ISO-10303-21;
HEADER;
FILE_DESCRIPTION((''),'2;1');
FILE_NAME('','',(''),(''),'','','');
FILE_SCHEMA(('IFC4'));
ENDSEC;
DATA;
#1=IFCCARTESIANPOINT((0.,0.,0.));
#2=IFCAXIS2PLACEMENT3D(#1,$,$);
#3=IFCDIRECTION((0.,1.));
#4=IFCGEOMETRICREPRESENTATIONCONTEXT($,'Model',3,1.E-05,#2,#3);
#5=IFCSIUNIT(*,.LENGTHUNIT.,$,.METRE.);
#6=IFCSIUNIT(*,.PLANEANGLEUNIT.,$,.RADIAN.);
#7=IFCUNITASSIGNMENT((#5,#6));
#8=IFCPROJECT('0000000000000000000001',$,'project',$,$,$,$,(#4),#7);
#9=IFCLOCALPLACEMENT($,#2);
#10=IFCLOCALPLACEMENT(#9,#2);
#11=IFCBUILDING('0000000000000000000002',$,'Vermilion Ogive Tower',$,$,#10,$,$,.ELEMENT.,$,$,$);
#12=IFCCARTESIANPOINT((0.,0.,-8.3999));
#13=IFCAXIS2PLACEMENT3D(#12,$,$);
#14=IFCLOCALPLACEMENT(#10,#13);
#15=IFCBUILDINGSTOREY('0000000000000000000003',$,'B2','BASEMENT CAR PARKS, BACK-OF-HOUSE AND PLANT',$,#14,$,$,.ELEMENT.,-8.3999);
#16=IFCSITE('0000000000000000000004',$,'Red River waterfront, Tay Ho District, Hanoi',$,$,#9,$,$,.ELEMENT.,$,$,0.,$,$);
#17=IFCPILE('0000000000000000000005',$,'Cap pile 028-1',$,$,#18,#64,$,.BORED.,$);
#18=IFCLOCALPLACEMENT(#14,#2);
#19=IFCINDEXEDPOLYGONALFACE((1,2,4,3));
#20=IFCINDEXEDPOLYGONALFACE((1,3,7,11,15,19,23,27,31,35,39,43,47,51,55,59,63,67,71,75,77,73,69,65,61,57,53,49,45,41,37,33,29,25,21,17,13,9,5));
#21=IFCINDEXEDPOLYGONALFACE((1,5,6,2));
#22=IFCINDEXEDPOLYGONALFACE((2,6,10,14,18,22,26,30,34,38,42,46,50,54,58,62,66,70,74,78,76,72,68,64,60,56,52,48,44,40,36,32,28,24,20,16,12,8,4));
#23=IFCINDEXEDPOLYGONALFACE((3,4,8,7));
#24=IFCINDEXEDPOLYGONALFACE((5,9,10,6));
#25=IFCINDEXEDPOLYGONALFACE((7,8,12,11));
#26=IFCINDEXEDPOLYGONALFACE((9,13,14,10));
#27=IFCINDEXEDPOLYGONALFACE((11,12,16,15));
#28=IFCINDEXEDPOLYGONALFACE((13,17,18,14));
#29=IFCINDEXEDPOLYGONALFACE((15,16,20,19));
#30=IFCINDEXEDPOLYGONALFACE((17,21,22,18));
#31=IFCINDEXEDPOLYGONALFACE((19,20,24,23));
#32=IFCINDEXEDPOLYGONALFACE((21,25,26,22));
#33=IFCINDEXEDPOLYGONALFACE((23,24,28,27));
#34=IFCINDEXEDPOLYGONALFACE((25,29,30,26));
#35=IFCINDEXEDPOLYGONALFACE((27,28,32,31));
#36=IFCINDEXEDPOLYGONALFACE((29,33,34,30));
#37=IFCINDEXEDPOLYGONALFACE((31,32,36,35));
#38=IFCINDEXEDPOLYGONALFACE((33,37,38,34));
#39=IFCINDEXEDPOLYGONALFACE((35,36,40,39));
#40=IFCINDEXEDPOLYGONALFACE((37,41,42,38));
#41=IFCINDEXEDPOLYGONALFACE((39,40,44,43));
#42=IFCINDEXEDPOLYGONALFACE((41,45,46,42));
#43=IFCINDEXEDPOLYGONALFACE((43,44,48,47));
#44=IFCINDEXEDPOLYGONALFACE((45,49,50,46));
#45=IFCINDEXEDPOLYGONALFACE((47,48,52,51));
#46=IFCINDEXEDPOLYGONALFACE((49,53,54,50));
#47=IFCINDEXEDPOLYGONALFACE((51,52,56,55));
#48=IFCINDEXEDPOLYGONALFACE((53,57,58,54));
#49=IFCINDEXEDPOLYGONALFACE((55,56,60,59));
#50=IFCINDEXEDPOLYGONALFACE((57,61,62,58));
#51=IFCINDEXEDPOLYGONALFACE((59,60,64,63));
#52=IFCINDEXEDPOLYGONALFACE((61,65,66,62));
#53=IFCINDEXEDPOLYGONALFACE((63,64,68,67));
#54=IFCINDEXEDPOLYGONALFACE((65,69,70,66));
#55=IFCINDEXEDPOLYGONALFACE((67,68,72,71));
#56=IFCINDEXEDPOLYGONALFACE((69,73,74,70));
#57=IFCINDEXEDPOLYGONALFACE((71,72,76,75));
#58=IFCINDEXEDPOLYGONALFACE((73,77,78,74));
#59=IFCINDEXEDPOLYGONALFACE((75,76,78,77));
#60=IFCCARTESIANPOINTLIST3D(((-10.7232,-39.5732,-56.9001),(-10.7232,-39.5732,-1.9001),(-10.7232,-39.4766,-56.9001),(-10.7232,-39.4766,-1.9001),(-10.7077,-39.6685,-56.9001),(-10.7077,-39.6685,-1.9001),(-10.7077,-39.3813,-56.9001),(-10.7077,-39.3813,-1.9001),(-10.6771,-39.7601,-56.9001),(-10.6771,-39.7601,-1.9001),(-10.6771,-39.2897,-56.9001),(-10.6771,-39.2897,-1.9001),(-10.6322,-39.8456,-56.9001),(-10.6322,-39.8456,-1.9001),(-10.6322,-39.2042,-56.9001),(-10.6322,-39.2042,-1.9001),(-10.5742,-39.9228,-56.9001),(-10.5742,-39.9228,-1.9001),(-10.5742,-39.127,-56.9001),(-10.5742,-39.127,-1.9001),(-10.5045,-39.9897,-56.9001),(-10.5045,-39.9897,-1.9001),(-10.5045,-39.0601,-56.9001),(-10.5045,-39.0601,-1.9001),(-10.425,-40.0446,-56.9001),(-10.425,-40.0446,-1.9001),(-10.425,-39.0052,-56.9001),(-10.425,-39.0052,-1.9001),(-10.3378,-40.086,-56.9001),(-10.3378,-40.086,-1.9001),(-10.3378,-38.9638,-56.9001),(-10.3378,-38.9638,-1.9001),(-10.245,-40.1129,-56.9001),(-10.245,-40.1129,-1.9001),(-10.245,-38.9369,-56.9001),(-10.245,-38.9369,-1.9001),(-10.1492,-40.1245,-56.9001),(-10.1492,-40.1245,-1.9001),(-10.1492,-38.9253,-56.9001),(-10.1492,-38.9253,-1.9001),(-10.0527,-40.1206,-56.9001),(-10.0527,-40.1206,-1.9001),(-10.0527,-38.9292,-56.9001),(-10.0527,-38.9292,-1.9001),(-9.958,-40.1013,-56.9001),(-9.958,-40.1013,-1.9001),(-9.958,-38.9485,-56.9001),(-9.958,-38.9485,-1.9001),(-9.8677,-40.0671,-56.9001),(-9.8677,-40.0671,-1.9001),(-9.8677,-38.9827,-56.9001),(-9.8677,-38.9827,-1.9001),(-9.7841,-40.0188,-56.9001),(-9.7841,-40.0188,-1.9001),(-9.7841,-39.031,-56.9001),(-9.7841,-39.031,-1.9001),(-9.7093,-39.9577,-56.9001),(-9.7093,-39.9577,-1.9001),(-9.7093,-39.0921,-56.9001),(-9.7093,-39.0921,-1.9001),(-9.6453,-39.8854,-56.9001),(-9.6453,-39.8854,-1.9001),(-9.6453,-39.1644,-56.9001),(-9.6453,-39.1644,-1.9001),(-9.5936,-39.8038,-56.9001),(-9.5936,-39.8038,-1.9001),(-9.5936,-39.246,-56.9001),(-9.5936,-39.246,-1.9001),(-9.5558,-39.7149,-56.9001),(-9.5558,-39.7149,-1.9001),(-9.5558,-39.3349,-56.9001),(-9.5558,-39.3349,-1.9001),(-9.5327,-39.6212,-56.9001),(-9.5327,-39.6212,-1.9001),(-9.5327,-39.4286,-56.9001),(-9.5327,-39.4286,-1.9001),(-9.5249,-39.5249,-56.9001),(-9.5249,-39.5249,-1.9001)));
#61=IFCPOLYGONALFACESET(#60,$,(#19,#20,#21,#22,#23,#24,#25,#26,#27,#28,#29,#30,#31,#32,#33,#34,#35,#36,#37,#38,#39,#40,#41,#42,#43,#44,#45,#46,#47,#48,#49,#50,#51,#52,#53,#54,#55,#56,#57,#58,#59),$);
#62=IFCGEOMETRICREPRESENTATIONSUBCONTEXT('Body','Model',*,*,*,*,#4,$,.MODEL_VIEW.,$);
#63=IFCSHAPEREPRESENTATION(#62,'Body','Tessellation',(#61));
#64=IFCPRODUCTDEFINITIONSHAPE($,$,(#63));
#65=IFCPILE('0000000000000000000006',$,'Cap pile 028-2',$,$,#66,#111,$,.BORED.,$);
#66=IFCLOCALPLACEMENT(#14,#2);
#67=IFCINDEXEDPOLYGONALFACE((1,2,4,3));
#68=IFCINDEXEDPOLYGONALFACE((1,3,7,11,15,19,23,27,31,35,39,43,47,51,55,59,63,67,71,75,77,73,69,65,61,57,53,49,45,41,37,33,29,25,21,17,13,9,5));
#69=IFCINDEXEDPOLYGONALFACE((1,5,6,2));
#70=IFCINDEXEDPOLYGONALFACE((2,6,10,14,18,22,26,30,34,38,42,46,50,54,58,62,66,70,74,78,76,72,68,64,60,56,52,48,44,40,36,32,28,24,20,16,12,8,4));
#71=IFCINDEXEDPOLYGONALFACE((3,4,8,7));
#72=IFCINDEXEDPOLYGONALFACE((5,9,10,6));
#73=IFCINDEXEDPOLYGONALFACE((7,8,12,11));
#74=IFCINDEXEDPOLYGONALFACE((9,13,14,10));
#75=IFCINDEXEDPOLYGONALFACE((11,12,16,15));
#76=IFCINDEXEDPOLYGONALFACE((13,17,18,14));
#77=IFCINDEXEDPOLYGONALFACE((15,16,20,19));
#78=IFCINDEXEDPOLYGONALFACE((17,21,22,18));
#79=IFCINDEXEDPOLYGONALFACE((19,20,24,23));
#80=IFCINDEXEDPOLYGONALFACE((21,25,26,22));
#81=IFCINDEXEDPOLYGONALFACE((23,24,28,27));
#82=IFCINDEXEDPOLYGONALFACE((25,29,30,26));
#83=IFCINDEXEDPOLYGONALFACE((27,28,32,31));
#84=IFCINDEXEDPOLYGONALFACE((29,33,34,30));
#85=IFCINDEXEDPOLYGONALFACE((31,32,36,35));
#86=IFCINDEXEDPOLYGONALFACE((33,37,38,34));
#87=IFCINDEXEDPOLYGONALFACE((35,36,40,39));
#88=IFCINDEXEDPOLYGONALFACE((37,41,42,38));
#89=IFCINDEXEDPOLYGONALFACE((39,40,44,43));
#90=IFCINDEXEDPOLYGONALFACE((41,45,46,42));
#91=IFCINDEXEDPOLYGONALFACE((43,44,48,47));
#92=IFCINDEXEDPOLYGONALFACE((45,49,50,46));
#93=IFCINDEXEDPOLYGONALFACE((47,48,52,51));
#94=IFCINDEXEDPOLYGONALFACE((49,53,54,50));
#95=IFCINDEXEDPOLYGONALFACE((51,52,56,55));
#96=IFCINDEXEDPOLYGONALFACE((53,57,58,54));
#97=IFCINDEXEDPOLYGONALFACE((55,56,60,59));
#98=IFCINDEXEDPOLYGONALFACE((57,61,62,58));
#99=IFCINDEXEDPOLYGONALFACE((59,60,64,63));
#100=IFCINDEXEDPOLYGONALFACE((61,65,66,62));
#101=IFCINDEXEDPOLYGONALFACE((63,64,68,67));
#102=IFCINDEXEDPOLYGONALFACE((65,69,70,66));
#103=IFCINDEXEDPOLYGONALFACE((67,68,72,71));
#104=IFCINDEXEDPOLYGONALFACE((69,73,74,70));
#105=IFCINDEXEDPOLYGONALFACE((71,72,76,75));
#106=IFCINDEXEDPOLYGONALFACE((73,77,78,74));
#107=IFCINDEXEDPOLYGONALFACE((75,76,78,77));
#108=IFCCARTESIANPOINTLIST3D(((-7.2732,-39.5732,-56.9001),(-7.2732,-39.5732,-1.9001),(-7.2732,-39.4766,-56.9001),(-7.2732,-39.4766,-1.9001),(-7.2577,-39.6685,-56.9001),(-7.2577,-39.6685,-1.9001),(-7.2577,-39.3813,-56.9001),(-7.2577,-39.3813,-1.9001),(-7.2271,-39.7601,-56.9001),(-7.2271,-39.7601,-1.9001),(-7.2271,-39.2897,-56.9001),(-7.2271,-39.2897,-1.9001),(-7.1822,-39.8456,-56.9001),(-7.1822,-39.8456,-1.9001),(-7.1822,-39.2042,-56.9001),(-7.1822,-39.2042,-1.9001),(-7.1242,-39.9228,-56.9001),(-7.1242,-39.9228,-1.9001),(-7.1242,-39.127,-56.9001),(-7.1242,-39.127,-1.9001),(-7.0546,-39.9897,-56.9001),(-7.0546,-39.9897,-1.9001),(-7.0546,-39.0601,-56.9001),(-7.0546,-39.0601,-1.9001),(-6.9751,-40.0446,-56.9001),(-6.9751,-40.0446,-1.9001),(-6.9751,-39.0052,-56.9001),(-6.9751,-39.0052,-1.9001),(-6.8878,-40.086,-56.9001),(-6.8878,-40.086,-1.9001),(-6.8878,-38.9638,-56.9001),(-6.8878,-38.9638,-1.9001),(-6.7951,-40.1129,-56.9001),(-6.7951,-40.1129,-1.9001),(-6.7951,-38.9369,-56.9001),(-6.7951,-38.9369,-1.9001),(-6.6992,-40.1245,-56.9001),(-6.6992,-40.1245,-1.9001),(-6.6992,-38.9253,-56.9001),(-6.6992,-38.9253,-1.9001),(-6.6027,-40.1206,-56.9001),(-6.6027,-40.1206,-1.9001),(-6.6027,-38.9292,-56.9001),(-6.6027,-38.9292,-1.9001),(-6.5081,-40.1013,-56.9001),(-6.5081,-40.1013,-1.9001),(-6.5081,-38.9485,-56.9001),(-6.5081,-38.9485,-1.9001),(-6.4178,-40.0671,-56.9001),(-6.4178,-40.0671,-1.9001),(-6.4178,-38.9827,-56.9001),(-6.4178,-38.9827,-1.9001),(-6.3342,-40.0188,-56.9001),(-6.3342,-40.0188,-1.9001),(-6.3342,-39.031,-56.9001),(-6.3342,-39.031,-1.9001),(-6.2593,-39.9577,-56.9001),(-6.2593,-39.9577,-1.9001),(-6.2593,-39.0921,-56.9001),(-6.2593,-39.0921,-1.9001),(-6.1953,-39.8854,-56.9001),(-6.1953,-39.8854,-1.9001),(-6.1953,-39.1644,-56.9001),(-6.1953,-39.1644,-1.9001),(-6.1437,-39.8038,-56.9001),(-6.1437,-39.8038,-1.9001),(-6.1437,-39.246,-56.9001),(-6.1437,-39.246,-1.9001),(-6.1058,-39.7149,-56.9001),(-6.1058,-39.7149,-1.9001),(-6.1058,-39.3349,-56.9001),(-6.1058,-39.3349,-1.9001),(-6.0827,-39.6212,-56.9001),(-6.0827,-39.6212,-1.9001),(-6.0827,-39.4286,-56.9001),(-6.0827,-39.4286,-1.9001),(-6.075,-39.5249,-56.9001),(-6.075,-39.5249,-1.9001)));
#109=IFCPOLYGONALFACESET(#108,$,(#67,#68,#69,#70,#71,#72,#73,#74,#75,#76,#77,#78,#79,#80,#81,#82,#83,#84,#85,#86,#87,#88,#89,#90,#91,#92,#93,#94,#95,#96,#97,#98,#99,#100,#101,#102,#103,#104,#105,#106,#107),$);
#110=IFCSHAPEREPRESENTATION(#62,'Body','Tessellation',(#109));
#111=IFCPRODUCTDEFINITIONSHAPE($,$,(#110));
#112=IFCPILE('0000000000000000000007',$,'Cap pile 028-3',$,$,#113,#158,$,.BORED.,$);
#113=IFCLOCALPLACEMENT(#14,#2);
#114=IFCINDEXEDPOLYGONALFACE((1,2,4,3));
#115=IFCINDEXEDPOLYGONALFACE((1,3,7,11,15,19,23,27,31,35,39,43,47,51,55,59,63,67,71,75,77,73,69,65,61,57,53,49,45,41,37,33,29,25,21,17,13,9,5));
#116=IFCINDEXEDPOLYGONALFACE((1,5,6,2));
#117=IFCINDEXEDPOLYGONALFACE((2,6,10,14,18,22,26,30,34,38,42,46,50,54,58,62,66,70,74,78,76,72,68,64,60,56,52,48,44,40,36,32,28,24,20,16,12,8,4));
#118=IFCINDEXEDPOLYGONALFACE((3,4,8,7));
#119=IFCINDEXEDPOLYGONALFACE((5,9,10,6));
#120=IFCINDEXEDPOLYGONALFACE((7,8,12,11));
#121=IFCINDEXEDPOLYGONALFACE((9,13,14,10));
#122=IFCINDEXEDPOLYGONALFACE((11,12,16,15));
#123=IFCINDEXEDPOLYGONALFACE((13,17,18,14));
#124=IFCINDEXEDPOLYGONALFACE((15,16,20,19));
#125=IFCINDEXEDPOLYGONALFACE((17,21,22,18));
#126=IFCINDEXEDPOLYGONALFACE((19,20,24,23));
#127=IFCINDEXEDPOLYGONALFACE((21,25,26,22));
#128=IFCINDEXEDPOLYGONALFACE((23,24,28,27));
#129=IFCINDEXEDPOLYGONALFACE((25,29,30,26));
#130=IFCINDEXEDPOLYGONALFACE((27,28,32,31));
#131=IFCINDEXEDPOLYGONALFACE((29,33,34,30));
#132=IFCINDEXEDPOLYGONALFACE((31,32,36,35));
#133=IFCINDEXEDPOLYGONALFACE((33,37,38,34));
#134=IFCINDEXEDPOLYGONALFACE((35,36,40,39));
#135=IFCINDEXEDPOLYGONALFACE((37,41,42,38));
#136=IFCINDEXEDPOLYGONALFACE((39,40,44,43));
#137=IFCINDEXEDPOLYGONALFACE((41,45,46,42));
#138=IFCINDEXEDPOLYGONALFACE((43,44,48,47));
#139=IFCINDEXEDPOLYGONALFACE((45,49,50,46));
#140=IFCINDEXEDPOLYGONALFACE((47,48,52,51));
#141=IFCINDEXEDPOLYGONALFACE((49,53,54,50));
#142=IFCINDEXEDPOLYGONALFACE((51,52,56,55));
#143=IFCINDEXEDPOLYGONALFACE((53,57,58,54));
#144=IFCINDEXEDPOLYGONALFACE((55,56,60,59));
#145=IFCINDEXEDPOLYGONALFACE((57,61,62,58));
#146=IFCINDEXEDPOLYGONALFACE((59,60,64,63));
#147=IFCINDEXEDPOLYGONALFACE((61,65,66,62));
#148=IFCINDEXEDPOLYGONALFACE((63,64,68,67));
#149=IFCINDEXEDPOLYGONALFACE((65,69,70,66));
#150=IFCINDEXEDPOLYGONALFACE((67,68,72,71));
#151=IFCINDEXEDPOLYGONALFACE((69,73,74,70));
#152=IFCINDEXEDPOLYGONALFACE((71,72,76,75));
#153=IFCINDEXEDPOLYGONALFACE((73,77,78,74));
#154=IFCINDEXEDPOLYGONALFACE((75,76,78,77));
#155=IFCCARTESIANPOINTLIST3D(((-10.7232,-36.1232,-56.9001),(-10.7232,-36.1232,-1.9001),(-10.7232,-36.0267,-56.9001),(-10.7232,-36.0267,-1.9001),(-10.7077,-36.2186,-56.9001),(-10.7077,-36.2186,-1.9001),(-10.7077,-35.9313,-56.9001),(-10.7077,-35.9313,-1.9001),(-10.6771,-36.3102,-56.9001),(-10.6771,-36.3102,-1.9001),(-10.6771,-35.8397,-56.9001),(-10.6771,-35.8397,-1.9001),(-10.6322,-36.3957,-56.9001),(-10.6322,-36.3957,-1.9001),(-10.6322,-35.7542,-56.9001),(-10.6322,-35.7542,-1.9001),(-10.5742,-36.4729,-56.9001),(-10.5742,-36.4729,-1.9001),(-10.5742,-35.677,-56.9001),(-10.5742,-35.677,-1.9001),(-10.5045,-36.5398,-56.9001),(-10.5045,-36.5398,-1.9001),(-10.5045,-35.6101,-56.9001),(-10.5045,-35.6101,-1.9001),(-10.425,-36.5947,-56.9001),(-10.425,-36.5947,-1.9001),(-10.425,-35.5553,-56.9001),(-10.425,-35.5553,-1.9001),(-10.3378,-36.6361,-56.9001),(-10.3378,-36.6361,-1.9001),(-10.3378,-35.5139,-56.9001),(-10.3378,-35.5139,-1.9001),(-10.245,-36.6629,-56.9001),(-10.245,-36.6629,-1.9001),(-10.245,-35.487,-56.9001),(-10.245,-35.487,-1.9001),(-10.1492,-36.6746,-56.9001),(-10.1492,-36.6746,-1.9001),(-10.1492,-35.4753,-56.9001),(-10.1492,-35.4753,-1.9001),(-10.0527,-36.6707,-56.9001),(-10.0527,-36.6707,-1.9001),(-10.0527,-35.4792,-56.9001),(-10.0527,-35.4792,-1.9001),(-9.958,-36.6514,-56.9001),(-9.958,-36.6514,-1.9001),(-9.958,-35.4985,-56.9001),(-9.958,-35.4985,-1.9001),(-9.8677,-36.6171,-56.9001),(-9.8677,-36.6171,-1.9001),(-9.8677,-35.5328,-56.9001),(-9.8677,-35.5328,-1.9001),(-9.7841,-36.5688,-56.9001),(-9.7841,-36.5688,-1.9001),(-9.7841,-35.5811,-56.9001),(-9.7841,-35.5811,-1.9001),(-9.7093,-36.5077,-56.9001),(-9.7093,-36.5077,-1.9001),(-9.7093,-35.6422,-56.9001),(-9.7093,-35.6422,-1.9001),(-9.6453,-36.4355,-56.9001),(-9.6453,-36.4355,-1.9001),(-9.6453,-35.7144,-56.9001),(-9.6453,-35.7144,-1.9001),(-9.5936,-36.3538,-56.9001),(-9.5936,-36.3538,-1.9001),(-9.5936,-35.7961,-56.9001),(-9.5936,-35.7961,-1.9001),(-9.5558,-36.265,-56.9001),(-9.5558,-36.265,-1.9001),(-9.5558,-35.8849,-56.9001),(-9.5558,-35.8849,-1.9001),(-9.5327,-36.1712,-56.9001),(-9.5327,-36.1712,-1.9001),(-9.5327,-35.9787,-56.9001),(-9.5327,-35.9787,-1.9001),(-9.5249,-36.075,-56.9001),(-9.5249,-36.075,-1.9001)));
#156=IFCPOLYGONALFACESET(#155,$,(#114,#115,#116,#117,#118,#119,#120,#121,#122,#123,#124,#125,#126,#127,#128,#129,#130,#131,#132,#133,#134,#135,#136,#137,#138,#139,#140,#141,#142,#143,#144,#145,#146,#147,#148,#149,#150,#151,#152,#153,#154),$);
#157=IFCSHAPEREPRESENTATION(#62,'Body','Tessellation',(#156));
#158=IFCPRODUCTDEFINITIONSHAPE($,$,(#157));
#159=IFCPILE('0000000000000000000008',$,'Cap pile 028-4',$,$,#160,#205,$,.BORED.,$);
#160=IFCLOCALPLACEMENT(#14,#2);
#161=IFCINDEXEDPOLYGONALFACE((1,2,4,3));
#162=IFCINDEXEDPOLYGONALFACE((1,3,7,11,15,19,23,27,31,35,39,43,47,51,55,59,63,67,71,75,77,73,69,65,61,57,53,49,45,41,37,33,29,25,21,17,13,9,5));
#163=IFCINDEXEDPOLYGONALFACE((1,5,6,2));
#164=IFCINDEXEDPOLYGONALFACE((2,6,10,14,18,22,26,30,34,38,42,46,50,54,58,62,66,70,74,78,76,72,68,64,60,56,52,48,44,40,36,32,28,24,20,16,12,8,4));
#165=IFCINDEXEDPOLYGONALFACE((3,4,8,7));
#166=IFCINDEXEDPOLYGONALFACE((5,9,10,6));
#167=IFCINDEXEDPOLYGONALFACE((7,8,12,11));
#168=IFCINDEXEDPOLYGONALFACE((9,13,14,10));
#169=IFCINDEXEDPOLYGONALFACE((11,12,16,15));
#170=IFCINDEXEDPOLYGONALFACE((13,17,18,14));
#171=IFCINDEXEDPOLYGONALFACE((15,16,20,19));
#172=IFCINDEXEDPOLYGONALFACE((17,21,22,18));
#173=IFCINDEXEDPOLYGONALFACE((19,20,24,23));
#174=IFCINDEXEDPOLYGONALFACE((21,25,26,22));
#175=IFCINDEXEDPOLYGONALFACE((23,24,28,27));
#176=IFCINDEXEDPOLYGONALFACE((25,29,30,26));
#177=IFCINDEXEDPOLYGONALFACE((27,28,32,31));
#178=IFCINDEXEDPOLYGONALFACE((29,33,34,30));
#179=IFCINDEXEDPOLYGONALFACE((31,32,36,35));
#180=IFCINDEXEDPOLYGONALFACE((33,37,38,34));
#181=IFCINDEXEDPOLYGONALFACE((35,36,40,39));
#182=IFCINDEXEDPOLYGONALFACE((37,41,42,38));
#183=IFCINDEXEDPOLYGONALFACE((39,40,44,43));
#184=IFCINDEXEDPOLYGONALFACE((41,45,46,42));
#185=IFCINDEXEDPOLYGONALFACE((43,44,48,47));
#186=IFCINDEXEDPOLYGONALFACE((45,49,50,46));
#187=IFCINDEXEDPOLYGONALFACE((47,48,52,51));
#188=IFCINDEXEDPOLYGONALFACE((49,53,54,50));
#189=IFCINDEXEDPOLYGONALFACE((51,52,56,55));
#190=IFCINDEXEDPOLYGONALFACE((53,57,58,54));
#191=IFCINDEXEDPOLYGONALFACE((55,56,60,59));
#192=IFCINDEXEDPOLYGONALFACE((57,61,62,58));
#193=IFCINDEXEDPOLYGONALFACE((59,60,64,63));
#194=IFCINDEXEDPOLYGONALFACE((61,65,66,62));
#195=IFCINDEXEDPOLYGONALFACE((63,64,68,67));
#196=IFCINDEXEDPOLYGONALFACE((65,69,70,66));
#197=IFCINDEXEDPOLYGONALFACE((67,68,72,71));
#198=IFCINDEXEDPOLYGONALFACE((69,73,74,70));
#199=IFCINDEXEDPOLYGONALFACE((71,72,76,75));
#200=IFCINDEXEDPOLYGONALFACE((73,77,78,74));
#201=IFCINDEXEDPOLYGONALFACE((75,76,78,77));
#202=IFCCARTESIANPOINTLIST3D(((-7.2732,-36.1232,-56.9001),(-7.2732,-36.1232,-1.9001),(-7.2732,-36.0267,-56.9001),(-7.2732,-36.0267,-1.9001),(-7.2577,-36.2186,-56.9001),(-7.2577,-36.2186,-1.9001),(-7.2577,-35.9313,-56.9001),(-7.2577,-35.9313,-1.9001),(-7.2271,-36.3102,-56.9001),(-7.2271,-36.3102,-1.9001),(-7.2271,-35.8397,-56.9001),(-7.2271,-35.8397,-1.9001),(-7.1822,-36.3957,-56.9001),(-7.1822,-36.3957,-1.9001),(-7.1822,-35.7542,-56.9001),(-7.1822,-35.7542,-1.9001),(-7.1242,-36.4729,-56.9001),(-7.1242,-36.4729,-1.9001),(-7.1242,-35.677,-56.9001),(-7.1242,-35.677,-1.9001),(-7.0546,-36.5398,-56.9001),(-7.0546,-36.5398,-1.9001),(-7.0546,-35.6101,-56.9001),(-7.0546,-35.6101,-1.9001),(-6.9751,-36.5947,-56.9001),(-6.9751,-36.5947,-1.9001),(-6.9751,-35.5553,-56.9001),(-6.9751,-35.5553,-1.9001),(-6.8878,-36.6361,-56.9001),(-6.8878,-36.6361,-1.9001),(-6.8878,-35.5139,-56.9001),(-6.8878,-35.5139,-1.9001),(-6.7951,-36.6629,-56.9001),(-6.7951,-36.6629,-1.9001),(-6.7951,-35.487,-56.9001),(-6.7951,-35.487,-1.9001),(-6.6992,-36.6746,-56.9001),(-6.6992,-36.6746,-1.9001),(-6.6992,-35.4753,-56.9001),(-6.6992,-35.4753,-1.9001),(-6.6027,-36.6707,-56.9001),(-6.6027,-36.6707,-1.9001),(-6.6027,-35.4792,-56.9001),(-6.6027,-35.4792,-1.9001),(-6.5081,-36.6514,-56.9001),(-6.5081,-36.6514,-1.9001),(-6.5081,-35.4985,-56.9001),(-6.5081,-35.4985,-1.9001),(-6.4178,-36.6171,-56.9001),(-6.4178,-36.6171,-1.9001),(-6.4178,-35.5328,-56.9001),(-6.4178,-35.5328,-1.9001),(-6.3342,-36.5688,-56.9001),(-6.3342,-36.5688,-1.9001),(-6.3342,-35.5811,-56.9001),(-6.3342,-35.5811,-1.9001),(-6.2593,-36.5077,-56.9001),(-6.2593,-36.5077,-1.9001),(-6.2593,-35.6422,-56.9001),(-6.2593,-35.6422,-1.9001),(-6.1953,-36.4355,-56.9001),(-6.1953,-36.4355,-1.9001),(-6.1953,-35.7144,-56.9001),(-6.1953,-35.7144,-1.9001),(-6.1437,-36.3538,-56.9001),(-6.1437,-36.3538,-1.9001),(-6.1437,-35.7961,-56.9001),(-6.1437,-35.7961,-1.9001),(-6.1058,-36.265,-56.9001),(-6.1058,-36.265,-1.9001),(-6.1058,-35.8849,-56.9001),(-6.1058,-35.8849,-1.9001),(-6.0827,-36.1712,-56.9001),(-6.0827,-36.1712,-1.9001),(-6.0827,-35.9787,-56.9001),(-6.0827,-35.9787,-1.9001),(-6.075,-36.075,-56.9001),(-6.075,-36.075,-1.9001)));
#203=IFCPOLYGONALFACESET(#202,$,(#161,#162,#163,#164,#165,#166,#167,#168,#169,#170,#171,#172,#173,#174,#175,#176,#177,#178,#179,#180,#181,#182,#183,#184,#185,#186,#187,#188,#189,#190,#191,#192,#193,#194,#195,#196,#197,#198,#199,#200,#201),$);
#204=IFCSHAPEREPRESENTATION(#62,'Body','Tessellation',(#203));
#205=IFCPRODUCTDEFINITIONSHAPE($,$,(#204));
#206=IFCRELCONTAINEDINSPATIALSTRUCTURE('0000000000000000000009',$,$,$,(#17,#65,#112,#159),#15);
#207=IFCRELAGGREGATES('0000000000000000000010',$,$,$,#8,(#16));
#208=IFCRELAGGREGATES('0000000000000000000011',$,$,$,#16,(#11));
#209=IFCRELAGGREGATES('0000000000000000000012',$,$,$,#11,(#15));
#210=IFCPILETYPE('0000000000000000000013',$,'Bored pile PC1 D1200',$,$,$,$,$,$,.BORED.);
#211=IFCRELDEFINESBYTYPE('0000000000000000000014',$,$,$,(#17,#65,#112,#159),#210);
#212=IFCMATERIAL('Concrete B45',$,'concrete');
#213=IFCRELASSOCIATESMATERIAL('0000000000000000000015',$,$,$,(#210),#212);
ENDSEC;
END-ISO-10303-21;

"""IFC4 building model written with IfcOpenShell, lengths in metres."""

from ifc_helpers import new_model, si_unit, direction, frame, origin, origin_2d, place, context, subcontext, project, spatial, circle, extrude, material, type_object, element, save


model = new_model("IFC4")

# Units and contexts
model_context = context("Model", 3, precision=1e-05, world=origin(), true_north=direction((0.0, 1.0)))
body_context = subcontext(model_context, "Body", "Model", "MODEL_VIEW")
ifc_project = project(units=[si_unit("LENGTHUNIT", "METRE"), si_unit("PLANEANGLEUNIT", "RADIAN")], contexts=[model_context])

# Site, building, storey
site_placement = place(None, origin())
site = spatial("IfcSite", under=ifc_project, at=site_placement, Name="Red River waterfront, Tay Ho District, Hanoi", CompositionType="ELEMENT", RefElevation=0.0)
building_placement = place(site_placement, origin())
building = spatial("IfcBuilding", under=site, at=building_placement, Name="Vermilion Ogive Tower", CompositionType="ELEMENT")
storey_placement = place(building_placement, frame((0.0, 0.0, -8.3999)))
storey = spatial("IfcBuildingStorey", under=building, at=storey_placement, Name="B2", Description="BASEMENT CAR PARKS, BACK-OF-HOUSE AND PLANT", CompositionType="ELEMENT", Elevation=-8.3999)

# Piles
ifc_material_1 = material(Name="Concrete B45", Category="concrete")
pile_type_1 = type_object("IfcPileType", Name="Bored pile PC1 D1200", PredefinedType="BORED", material=ifc_material_1)
for number, where, z_axis, x_axis, name in (
    (1, (-10.125, -39.5249, -1.9001), (0.0, 0.0, -1.0), (1.0, 0.0, 0.0), "Cap pile 028-1"),
    (2, (-6.675, -39.5249, -1.9001), (0.0, 0.0, -1.0), (1.0, 0.0, 0.0), "Cap pile 028-2"),
    (3, (-10.125, -36.075, -1.9001), (0.0, 0.0, -1.0), (1.0, 0.0, 0.0), "Cap pile 028-3"),
    (4, (-6.675, -36.075, -1.9001), (0.0, 0.0, -1.0), (1.0, 0.0, 0.0), "Cap pile 028-4"),
):
    element("IfcPile", number, at=place(storey_placement, frame(where, z_axis=z_axis, x_axis=x_axis)), inside=storey, type_object=pile_type_1, Name=name, PredefinedType="BORED", context=body_context, shape_type="SweptSolid", body=[
        extrude(circle(Radius=0.6001, at=origin_2d()), origin(), (0.0, 0.0, 1.0), 55.0),
    ])

save(model, "model.ifc")
